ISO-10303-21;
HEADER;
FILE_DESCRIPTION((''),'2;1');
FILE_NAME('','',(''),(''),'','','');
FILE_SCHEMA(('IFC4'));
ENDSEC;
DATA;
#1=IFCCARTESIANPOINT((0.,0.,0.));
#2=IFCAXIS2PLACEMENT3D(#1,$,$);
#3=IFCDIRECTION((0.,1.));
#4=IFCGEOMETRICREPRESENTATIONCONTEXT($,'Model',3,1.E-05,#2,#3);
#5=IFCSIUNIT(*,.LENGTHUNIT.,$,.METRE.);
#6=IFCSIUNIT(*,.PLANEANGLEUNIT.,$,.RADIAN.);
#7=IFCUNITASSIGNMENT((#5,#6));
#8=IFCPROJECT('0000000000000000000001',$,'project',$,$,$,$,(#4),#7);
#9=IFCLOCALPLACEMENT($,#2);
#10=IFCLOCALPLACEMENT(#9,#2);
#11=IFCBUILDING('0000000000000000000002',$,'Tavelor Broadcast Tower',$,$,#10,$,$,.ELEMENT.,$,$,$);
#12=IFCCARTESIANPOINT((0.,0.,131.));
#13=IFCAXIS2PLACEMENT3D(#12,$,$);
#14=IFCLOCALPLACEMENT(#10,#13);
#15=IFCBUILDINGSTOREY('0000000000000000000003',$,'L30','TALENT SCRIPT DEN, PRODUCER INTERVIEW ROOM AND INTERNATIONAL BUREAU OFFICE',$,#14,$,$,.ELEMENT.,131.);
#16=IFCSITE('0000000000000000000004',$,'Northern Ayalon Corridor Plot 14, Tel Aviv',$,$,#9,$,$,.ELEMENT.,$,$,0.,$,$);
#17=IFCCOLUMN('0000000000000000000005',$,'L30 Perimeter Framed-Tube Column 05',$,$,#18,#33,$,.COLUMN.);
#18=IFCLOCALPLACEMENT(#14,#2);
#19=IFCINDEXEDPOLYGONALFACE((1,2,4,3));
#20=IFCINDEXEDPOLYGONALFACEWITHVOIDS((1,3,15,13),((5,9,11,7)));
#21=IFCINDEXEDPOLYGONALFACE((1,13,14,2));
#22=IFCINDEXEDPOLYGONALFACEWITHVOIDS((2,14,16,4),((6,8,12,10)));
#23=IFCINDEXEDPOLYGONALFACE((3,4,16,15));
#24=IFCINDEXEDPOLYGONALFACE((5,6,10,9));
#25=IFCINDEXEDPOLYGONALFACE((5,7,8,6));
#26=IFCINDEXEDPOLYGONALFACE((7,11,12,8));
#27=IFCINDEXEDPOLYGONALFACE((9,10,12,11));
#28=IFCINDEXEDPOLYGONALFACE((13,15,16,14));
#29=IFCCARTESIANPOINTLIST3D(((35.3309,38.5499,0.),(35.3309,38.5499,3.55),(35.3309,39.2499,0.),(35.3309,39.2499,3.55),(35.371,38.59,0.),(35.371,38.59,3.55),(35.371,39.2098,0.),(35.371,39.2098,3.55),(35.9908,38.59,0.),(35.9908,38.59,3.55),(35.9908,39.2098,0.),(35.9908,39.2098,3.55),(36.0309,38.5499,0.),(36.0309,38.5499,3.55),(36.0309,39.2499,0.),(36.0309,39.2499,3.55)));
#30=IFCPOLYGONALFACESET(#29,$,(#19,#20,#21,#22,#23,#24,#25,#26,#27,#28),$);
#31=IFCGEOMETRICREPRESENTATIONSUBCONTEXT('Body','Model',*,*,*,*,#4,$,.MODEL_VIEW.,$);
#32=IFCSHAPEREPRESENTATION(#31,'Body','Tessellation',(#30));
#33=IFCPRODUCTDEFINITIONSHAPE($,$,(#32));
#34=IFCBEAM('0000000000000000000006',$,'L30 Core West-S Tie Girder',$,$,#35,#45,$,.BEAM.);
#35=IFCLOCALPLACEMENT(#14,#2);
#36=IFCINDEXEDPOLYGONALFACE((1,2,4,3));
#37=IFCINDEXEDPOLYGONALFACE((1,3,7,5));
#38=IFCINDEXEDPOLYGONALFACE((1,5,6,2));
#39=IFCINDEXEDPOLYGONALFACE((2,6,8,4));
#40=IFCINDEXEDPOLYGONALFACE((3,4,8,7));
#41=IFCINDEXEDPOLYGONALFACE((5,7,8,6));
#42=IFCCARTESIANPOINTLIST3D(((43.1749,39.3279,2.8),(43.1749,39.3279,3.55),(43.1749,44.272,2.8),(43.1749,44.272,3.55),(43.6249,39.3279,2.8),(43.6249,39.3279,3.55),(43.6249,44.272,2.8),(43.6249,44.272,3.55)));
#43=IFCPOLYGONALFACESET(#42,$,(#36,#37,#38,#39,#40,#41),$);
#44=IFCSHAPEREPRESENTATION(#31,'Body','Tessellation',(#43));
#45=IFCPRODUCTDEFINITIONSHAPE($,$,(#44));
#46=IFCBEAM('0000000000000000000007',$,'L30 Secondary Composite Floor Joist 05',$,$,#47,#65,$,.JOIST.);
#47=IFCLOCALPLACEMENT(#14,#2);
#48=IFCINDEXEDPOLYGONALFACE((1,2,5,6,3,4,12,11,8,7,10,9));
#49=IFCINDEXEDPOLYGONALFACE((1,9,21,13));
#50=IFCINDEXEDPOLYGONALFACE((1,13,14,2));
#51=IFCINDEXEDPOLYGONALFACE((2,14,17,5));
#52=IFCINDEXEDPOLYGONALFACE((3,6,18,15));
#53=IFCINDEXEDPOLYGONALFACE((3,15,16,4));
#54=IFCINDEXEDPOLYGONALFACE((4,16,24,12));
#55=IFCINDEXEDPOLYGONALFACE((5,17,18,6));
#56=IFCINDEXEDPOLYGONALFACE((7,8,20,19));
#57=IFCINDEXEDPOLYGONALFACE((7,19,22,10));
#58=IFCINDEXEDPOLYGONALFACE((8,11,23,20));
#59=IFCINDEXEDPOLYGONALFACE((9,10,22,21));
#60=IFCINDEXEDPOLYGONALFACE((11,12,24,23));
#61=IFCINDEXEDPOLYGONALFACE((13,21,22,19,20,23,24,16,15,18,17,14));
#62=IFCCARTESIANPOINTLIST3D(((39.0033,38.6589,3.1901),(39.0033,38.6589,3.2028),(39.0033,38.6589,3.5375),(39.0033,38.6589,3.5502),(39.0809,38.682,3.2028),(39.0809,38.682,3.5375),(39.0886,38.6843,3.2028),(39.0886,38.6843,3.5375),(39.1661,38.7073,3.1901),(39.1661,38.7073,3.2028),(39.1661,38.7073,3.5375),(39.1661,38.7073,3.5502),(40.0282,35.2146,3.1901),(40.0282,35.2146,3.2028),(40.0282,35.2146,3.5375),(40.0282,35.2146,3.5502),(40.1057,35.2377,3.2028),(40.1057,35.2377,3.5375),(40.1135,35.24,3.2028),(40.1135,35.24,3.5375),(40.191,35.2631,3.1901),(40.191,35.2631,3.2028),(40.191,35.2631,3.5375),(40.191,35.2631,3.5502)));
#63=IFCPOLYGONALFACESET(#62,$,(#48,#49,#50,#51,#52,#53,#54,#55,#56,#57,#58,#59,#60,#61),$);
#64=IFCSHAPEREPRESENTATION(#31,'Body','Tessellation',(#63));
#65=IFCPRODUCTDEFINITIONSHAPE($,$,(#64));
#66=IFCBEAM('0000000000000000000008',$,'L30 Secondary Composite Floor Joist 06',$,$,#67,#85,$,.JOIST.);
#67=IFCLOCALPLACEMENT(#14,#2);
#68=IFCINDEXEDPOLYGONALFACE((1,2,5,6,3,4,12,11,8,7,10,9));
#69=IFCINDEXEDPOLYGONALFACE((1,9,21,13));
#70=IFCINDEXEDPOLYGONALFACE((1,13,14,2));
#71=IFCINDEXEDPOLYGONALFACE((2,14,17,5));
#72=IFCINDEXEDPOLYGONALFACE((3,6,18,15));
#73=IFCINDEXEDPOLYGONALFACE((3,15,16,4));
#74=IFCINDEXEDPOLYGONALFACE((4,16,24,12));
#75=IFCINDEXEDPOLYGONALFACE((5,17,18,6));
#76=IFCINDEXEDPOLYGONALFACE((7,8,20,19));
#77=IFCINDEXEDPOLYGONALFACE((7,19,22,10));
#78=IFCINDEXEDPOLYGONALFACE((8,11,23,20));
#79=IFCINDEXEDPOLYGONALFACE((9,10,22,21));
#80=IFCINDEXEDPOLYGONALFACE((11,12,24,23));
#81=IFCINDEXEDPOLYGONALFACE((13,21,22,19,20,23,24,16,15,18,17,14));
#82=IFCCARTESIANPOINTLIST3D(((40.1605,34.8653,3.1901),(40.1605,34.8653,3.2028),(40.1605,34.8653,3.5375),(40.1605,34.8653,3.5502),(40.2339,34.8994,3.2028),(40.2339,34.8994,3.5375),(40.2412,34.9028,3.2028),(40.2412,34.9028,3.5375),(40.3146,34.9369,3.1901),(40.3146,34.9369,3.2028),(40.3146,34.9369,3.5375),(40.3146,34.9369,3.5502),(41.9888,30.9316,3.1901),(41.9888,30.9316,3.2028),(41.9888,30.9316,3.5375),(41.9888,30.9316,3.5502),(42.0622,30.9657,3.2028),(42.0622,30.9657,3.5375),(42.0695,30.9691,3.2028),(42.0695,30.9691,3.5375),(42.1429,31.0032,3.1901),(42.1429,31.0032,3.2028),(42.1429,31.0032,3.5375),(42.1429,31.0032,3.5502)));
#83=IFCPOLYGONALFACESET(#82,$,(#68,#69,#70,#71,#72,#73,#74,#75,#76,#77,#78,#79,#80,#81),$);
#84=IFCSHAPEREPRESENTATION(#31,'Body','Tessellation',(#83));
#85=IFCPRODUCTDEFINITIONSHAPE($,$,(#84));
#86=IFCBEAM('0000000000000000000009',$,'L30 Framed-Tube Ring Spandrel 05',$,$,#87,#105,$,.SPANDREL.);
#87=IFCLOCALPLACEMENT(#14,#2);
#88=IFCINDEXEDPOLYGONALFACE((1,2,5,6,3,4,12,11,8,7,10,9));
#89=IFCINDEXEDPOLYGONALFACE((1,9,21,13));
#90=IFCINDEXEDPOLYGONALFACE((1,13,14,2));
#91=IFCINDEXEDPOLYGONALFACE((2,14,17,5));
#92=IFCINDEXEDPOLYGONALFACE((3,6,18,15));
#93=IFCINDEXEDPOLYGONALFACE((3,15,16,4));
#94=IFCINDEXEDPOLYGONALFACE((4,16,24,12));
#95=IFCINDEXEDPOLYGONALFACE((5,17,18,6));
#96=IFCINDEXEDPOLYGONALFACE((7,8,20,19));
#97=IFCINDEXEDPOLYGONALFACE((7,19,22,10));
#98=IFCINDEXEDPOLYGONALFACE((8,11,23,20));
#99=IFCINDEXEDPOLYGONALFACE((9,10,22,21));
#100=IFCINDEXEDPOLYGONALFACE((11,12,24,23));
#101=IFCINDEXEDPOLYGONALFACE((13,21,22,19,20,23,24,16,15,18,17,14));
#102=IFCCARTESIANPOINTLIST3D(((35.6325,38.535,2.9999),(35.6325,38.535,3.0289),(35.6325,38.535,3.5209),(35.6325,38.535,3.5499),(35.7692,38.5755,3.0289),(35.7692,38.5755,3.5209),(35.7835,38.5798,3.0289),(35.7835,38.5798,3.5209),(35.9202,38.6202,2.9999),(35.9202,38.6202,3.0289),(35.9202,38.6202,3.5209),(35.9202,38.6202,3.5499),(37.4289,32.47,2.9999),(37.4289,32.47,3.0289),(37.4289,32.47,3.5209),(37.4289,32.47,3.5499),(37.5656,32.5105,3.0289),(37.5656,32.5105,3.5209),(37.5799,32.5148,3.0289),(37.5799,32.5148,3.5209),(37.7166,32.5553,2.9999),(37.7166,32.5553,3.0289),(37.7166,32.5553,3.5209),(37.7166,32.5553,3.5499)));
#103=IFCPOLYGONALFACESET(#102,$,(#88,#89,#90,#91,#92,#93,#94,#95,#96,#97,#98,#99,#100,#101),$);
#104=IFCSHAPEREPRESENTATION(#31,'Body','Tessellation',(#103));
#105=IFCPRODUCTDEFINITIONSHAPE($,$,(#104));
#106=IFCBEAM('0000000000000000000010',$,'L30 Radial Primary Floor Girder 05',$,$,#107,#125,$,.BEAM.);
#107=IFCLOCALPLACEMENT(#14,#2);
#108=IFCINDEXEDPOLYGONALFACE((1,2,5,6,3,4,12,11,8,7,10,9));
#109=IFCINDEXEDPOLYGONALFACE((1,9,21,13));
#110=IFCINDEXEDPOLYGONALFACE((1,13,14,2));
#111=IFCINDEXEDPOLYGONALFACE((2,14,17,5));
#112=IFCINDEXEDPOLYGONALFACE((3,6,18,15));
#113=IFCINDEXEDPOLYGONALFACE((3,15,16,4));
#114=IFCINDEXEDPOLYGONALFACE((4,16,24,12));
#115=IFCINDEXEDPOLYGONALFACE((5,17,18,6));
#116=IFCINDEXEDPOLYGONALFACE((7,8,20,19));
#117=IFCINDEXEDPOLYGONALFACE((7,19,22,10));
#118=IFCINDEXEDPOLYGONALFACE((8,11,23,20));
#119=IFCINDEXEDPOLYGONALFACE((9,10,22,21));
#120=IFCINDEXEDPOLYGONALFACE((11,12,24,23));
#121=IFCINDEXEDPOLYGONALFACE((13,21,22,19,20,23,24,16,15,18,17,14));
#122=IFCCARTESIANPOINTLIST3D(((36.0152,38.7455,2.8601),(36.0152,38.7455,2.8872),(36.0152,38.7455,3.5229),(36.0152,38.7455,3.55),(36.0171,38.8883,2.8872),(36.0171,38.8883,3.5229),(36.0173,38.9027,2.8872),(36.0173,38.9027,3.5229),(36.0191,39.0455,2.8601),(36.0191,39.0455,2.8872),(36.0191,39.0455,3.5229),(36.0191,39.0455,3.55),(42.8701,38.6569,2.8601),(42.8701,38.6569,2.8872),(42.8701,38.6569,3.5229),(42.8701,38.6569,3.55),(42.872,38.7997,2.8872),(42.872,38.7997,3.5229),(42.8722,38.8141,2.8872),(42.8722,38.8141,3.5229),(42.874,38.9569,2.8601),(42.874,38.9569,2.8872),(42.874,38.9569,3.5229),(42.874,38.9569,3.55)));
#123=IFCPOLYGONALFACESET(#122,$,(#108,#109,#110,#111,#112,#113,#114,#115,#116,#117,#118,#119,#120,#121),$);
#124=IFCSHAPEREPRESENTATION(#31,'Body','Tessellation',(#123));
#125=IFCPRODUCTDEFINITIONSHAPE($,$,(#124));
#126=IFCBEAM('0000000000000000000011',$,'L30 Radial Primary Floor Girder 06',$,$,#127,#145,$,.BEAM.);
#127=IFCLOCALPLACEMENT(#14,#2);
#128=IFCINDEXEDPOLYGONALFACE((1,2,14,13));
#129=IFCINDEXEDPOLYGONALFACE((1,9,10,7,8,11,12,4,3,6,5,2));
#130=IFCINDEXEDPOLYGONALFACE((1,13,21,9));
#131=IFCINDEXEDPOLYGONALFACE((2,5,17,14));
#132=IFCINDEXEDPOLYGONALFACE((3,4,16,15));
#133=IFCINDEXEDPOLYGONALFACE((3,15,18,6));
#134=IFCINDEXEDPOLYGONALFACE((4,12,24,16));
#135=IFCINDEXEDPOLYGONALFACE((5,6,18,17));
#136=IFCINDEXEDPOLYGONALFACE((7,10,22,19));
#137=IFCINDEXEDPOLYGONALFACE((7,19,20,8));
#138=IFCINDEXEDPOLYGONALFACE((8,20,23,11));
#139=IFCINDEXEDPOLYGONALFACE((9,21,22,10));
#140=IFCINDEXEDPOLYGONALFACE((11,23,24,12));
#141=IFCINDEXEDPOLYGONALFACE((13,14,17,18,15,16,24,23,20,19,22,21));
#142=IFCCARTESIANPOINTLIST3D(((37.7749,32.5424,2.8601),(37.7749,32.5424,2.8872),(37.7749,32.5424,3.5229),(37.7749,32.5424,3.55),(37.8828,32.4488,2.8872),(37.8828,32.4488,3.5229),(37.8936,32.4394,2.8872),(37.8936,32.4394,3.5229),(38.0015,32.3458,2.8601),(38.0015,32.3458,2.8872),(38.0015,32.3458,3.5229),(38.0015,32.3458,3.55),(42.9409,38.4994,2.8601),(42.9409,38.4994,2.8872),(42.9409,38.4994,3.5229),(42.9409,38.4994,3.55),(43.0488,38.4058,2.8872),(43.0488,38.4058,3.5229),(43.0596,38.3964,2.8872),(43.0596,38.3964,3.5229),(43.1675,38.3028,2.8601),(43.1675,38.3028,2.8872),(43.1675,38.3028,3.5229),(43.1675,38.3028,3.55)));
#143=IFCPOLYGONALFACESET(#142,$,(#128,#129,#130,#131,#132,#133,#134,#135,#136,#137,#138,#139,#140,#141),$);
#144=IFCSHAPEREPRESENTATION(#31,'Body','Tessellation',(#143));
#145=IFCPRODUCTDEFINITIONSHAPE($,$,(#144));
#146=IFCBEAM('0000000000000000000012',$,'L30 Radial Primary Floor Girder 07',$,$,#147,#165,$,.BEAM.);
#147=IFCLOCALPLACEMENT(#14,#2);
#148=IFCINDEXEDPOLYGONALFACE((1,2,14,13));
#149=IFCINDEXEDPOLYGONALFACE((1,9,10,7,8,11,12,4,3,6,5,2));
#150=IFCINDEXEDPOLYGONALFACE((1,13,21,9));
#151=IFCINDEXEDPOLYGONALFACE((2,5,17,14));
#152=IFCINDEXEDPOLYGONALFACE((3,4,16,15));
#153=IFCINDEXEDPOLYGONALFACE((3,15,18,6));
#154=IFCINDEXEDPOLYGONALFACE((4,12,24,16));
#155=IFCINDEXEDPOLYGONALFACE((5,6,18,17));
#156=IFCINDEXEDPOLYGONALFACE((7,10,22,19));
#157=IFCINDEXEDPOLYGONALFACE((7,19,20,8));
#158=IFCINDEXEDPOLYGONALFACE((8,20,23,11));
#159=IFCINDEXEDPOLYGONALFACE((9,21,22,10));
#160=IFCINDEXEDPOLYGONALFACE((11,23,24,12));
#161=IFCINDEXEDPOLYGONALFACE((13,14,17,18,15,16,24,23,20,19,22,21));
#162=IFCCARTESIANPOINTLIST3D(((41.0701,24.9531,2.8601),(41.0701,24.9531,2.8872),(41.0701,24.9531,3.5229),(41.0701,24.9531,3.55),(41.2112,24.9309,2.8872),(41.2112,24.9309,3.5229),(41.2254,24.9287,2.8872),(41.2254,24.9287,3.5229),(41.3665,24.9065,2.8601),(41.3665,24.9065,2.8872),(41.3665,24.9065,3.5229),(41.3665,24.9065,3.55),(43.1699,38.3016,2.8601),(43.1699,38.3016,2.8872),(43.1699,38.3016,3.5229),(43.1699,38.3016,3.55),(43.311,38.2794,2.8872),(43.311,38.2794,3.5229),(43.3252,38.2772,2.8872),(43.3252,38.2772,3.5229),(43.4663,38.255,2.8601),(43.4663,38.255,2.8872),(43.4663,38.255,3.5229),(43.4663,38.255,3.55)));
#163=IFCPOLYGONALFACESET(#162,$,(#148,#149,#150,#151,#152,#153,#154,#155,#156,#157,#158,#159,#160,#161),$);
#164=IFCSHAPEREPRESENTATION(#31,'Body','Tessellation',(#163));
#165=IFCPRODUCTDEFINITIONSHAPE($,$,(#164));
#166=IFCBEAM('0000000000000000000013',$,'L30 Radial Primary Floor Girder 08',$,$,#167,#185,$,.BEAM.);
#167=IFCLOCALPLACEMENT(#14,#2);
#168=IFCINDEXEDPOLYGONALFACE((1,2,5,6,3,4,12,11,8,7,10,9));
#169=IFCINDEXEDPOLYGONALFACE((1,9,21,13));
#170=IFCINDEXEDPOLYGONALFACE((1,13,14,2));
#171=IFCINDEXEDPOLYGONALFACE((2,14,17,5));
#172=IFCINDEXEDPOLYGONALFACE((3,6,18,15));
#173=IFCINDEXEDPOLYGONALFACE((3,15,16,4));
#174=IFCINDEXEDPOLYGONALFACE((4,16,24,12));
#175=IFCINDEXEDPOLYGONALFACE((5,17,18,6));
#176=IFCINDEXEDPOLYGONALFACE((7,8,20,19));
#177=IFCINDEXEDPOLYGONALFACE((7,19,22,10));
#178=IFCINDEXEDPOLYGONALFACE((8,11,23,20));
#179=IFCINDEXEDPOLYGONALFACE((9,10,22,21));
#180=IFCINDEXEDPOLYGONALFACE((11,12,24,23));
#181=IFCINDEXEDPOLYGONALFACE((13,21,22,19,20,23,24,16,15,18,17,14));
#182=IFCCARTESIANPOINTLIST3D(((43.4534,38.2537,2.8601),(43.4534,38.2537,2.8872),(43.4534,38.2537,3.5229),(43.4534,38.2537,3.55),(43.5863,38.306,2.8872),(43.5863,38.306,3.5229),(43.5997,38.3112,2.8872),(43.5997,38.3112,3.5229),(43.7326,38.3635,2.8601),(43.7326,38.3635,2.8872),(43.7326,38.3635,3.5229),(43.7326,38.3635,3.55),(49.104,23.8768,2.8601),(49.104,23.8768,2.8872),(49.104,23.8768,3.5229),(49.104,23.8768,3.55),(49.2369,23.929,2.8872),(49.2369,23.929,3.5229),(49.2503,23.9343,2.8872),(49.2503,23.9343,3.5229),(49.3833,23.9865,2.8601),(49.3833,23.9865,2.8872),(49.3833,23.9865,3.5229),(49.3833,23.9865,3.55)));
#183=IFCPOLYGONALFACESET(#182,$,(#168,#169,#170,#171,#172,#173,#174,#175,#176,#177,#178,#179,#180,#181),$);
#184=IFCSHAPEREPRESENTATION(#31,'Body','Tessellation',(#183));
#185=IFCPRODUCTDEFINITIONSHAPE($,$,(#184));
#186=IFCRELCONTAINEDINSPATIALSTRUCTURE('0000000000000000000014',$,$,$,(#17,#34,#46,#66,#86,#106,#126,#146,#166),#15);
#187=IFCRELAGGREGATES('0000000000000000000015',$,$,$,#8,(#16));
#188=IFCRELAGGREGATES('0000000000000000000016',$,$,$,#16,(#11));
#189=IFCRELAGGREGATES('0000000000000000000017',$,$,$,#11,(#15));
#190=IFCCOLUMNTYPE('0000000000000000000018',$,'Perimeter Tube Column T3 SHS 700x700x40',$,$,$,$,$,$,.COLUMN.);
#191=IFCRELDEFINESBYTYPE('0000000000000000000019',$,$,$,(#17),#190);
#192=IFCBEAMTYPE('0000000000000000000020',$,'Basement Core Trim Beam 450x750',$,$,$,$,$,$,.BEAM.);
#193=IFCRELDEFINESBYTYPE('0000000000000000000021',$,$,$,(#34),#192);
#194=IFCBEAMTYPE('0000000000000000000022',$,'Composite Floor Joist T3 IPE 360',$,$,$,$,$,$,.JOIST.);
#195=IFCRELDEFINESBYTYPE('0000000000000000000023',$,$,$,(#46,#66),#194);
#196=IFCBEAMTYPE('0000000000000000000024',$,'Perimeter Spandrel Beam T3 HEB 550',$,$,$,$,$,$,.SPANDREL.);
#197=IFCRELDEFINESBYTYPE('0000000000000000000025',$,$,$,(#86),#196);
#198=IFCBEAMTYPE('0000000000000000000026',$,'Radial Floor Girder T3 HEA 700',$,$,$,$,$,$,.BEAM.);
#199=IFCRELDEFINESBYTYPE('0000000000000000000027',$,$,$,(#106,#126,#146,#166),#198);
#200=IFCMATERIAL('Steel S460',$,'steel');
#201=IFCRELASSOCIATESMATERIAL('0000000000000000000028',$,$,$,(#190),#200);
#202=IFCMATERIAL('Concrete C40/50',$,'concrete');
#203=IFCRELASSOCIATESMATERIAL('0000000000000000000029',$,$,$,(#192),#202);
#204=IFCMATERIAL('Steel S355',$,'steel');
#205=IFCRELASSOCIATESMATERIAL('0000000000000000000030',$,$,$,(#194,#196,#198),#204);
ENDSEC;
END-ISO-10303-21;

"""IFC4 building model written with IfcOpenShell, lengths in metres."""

from ifc_helpers import new_model, si_unit, direction, frame, origin, origin_2d, place, context, subcontext, project, spatial, rectangle, hollow_rectangle, i_section, extrude, material, material_profile, profile_set, type_object, element, save


model = new_model("IFC4")

# Units and contexts
model_context = context("Model", 3, precision=1e-05, world=origin(), true_north=direction((0.0, 1.0)))
body_context = subcontext(model_context, "Body", "Model", "MODEL_VIEW")
ifc_project = project(units=[si_unit("LENGTHUNIT", "METRE"), si_unit("PLANEANGLEUNIT", "RADIAN")], contexts=[model_context])

# Site, building, storey
site_placement = place(None, origin())
site = spatial("IfcSite", under=ifc_project, at=site_placement, Name="Northern Ayalon Corridor Plot 14, Tel Aviv", CompositionType="ELEMENT", RefElevation=0.0)
building_placement = place(site_placement, origin())
building = spatial("IfcBuilding", under=site, at=building_placement, Name="Tavelor Broadcast Tower", CompositionType="ELEMENT")
storey_placement = place(building_placement, frame((0.0, 0.0, 131.0)))
storey = spatial("IfcBuildingStorey", under=building, at=storey_placement, Name="L30", Description="TALENT SCRIPT DEN, PRODUCER INTERVIEW ROOM AND INTERNATIONAL BUREAU OFFICE", CompositionType="ELEMENT", Elevation=131.0)

# Column
ifc_material_1 = material(Name="Steel S460", Category="steel")
ifc_material_profile_1 = material_profile(ifc_material_1, hollow_rectangle(XDim=0.7, YDim=0.7, WallThickness=0.04, at=origin_2d()), Name="SHS 700x700x40")
ifc_profile_set_1 = profile_set([ifc_material_profile_1], Name="Steel S460")
column_type = type_object("IfcColumnType", Name="Perimeter Tube Column T3 SHS 700x700x40", PredefinedType="COLUMN", material=ifc_profile_set_1)
column_placement = place(storey_placement, frame((35.6809, 38.8999, 0.0), z_axis=(0.0, 0.0, 1.0), x_axis=(1.0, 0.0, 0.0)))
element("IfcColumn", 1, at=column_placement, inside=storey, type_object=column_type, Name="L30 Perimeter Framed-Tube Column 05", PredefinedType="COLUMN", context=body_context, shape_type="SweptSolid", body=[
    extrude(hollow_rectangle(XDim=0.7, YDim=0.7, WallThickness=0.04, at=origin_2d()), origin(), (0.0, 0.0, 1.0), 3.55),
])

# Beams
ifc_material_2 = material(Name="Concrete C40/50", Category="concrete")
ifc_material_profile_2 = material_profile(ifc_material_2, rectangle(XDim=0.45, YDim=0.75, at=origin_2d()), Name="RC 450x750")
ifc_profile_set_2 = profile_set([ifc_material_profile_2], Name="Concrete C40/50")
beam_type_1 = type_object("IfcBeamType", Name="Basement Core Trim Beam 450x750", PredefinedType="BEAM", material=ifc_profile_set_2)
beam_1_placement = place(storey_placement, frame((43.3999, 39.3279, 3.175), z_axis=(0.0, 1.0, 0.0), x_axis=(-1.0, 0.0, 0.0)))
element("IfcBeam", 2, at=beam_1_placement, inside=storey, type_object=beam_type_1, Name="L30 Core West-S Tie Girder", PredefinedType="BEAM", context=body_context, shape_type="SweptSolid", body=[
    extrude(rectangle(XDim=0.45, YDim=0.75, at=origin_2d()), origin(), (0.0, 0.0, 1.0), 4.9441),
])
ifc_material_3 = material(Name="Steel S355", Category="steel")
ifc_material_profile_3 = material_profile(ifc_material_3, i_section(OverallWidth=0.1699, OverallDepth=0.3601, WebThickness=0.0081, FlangeThickness=0.0127, at=origin_2d()), Name="IPE 360")
ifc_profile_set_3 = profile_set([ifc_material_profile_3], Name="Steel S355")
beam_type_2 = type_object("IfcBeamType", Name="Composite Floor Joist T3 IPE 360", PredefinedType="JOIST", material=ifc_profile_set_3)
beam_2_placement = place(storey_placement, frame((39.0847, 38.6831, 3.3701), z_axis=(0.285203, -0.958467, 0.0), x_axis=(0.958467, 0.285203, 0.0)))
element("IfcBeam", 3, at=beam_2_placement, inside=storey, type_object=beam_type_2, Name="L30 Secondary Composite Floor Joist 05", PredefinedType="JOIST", context=body_context, shape_type="SweptSolid", body=[
    extrude(i_section(OverallWidth=0.1699, OverallDepth=0.3601, WebThickness=0.0081, FlangeThickness=0.0127, at=origin_2d()), origin(), (0.0, 0.0, 1.0), 3.5935),
])
beam_3_placement = place(storey_placement, frame((40.2375, 34.9011, 3.3701), z_axis=(0.42148, -0.906838, 0.0), x_axis=(0.906838, 0.42148, 0.0)))
element("IfcBeam", 4, at=beam_3_placement, inside=storey, type_object=beam_type_2, Name="L30 Secondary Composite Floor Joist 06", PredefinedType="JOIST", context=body_context, shape_type="SweptSolid", body=[
    extrude(i_section(OverallWidth=0.1699, OverallDepth=0.3601, WebThickness=0.0081, FlangeThickness=0.0127, at=origin_2d()), origin(), (0.0, 0.0, 1.0), 4.3379),
])
ifc_material_profile_4 = material_profile(ifc_material_3, i_section(OverallWidth=0.3, OverallDepth=0.55, WebThickness=0.0149, FlangeThickness=0.0291, at=origin_2d()), Name="HEB 550")
ifc_profile_set_4 = profile_set([ifc_material_profile_4], Name="Steel S355")
beam_type_3 = type_object("IfcBeamType", Name="Perimeter Spandrel Beam T3 HEB 550", PredefinedType="SPANDREL", material=ifc_profile_set_4)
beam_4_placement = place(storey_placement, frame((35.7764, 38.5776, 3.2749), z_axis=(0.283996, -0.958825, 0.0), x_axis=(0.958825, 0.283996, 0.0)))
element("IfcBeam", 5, at=beam_4_placement, inside=storey, type_object=beam_type_3, Name="L30 Framed-Tube Ring Spandrel 05", PredefinedType="SPANDREL", context=body_context, shape_type="SweptSolid", body=[
    extrude(i_section(OverallWidth=0.3, OverallDepth=0.55, WebThickness=0.0149, FlangeThickness=0.0291, at=origin_2d()), origin(), (0.0, 0.0, 1.0), 6.3254),
])
ifc_material_profile_5 = material_profile(ifc_material_3, i_section(OverallWidth=0.3, OverallDepth=0.6899, WebThickness=0.0144, FlangeThickness=0.0271, at=origin_2d()), Name="HEA 700")
ifc_profile_set_5 = profile_set([ifc_material_profile_5], Name="Steel S355")
beam_type_4 = type_object("IfcBeamType", Name="Radial Floor Girder T3 HEA 700", PredefinedType="BEAM", material=ifc_profile_set_5)
beam_5_placement = place(storey_placement, frame((42.8721, 38.8069, 3.2051), z_axis=(-0.999916, 0.012927, 0.0), x_axis=(-0.012927, -0.999916, 0.0)))
element("IfcBeam", 6, at=beam_5_placement, inside=storey, type_object=beam_type_4, Name="L30 Radial Primary Floor Girder 05", PredefinedType="BEAM", context=body_context, shape_type="SweptSolid", body=[
    extrude(i_section(OverallWidth=0.3, OverallDepth=0.6899, WebThickness=0.0144, FlangeThickness=0.0271, at=origin_2d()), origin(), (0.0, 0.0, 1.0), 6.8555),
])
beam_6_placement = place(storey_placement, frame((43.0542, 38.4011, 3.2051), z_axis=(-0.655166, -0.755485, 0.0), x_axis=(0.755485, -0.655166, 0.0)))
element("IfcBeam", 7, at=beam_6_placement, inside=storey, type_object=beam_type_4, Name="L30 Radial Primary Floor Girder 06", PredefinedType="BEAM", context=body_context, shape_type="SweptSolid", body=[
    extrude(i_section(OverallWidth=0.3, OverallDepth=0.6899, WebThickness=0.0144, FlangeThickness=0.0271, at=origin_2d()), origin(), (0.0, 0.0, 1.0), 7.885),
])
beam_7_placement = place(storey_placement, frame((43.3181, 38.2783, 3.2051), z_axis=(-0.155398, -0.987852, 0.0), x_axis=(0.987852, -0.155398, 0.0)))
element("IfcBeam", 8, at=beam_7_placement, inside=storey, type_object=beam_type_4, Name="L30 Radial Primary Floor Girder 07", PredefinedType="BEAM", context=body_context, shape_type="SweptSolid", body=[
    extrude(i_section(OverallWidth=0.3, OverallDepth=0.6899, WebThickness=0.0144, FlangeThickness=0.0271, at=origin_2d()), origin(), (0.0, 0.0, 1.0), 13.5127),
])
beam_8_placement = place(storey_placement, frame((43.593, 38.3086, 3.2051), z_axis=(0.365795, -0.930695, 0.0), x_axis=(0.930695, 0.365795, 0.0)))
element("IfcBeam", 9, at=beam_8_placement, inside=storey, type_object=beam_type_4, Name="L30 Radial Primary Floor Girder 08", PredefinedType="BEAM", context=body_context, shape_type="SweptSolid", body=[
    extrude(i_section(OverallWidth=0.3, OverallDepth=0.6899, WebThickness=0.0144, FlangeThickness=0.0271, at=origin_2d()), origin(), (0.0, 0.0, 1.0), 15.4475),
])

save(model, "model.ifc")
